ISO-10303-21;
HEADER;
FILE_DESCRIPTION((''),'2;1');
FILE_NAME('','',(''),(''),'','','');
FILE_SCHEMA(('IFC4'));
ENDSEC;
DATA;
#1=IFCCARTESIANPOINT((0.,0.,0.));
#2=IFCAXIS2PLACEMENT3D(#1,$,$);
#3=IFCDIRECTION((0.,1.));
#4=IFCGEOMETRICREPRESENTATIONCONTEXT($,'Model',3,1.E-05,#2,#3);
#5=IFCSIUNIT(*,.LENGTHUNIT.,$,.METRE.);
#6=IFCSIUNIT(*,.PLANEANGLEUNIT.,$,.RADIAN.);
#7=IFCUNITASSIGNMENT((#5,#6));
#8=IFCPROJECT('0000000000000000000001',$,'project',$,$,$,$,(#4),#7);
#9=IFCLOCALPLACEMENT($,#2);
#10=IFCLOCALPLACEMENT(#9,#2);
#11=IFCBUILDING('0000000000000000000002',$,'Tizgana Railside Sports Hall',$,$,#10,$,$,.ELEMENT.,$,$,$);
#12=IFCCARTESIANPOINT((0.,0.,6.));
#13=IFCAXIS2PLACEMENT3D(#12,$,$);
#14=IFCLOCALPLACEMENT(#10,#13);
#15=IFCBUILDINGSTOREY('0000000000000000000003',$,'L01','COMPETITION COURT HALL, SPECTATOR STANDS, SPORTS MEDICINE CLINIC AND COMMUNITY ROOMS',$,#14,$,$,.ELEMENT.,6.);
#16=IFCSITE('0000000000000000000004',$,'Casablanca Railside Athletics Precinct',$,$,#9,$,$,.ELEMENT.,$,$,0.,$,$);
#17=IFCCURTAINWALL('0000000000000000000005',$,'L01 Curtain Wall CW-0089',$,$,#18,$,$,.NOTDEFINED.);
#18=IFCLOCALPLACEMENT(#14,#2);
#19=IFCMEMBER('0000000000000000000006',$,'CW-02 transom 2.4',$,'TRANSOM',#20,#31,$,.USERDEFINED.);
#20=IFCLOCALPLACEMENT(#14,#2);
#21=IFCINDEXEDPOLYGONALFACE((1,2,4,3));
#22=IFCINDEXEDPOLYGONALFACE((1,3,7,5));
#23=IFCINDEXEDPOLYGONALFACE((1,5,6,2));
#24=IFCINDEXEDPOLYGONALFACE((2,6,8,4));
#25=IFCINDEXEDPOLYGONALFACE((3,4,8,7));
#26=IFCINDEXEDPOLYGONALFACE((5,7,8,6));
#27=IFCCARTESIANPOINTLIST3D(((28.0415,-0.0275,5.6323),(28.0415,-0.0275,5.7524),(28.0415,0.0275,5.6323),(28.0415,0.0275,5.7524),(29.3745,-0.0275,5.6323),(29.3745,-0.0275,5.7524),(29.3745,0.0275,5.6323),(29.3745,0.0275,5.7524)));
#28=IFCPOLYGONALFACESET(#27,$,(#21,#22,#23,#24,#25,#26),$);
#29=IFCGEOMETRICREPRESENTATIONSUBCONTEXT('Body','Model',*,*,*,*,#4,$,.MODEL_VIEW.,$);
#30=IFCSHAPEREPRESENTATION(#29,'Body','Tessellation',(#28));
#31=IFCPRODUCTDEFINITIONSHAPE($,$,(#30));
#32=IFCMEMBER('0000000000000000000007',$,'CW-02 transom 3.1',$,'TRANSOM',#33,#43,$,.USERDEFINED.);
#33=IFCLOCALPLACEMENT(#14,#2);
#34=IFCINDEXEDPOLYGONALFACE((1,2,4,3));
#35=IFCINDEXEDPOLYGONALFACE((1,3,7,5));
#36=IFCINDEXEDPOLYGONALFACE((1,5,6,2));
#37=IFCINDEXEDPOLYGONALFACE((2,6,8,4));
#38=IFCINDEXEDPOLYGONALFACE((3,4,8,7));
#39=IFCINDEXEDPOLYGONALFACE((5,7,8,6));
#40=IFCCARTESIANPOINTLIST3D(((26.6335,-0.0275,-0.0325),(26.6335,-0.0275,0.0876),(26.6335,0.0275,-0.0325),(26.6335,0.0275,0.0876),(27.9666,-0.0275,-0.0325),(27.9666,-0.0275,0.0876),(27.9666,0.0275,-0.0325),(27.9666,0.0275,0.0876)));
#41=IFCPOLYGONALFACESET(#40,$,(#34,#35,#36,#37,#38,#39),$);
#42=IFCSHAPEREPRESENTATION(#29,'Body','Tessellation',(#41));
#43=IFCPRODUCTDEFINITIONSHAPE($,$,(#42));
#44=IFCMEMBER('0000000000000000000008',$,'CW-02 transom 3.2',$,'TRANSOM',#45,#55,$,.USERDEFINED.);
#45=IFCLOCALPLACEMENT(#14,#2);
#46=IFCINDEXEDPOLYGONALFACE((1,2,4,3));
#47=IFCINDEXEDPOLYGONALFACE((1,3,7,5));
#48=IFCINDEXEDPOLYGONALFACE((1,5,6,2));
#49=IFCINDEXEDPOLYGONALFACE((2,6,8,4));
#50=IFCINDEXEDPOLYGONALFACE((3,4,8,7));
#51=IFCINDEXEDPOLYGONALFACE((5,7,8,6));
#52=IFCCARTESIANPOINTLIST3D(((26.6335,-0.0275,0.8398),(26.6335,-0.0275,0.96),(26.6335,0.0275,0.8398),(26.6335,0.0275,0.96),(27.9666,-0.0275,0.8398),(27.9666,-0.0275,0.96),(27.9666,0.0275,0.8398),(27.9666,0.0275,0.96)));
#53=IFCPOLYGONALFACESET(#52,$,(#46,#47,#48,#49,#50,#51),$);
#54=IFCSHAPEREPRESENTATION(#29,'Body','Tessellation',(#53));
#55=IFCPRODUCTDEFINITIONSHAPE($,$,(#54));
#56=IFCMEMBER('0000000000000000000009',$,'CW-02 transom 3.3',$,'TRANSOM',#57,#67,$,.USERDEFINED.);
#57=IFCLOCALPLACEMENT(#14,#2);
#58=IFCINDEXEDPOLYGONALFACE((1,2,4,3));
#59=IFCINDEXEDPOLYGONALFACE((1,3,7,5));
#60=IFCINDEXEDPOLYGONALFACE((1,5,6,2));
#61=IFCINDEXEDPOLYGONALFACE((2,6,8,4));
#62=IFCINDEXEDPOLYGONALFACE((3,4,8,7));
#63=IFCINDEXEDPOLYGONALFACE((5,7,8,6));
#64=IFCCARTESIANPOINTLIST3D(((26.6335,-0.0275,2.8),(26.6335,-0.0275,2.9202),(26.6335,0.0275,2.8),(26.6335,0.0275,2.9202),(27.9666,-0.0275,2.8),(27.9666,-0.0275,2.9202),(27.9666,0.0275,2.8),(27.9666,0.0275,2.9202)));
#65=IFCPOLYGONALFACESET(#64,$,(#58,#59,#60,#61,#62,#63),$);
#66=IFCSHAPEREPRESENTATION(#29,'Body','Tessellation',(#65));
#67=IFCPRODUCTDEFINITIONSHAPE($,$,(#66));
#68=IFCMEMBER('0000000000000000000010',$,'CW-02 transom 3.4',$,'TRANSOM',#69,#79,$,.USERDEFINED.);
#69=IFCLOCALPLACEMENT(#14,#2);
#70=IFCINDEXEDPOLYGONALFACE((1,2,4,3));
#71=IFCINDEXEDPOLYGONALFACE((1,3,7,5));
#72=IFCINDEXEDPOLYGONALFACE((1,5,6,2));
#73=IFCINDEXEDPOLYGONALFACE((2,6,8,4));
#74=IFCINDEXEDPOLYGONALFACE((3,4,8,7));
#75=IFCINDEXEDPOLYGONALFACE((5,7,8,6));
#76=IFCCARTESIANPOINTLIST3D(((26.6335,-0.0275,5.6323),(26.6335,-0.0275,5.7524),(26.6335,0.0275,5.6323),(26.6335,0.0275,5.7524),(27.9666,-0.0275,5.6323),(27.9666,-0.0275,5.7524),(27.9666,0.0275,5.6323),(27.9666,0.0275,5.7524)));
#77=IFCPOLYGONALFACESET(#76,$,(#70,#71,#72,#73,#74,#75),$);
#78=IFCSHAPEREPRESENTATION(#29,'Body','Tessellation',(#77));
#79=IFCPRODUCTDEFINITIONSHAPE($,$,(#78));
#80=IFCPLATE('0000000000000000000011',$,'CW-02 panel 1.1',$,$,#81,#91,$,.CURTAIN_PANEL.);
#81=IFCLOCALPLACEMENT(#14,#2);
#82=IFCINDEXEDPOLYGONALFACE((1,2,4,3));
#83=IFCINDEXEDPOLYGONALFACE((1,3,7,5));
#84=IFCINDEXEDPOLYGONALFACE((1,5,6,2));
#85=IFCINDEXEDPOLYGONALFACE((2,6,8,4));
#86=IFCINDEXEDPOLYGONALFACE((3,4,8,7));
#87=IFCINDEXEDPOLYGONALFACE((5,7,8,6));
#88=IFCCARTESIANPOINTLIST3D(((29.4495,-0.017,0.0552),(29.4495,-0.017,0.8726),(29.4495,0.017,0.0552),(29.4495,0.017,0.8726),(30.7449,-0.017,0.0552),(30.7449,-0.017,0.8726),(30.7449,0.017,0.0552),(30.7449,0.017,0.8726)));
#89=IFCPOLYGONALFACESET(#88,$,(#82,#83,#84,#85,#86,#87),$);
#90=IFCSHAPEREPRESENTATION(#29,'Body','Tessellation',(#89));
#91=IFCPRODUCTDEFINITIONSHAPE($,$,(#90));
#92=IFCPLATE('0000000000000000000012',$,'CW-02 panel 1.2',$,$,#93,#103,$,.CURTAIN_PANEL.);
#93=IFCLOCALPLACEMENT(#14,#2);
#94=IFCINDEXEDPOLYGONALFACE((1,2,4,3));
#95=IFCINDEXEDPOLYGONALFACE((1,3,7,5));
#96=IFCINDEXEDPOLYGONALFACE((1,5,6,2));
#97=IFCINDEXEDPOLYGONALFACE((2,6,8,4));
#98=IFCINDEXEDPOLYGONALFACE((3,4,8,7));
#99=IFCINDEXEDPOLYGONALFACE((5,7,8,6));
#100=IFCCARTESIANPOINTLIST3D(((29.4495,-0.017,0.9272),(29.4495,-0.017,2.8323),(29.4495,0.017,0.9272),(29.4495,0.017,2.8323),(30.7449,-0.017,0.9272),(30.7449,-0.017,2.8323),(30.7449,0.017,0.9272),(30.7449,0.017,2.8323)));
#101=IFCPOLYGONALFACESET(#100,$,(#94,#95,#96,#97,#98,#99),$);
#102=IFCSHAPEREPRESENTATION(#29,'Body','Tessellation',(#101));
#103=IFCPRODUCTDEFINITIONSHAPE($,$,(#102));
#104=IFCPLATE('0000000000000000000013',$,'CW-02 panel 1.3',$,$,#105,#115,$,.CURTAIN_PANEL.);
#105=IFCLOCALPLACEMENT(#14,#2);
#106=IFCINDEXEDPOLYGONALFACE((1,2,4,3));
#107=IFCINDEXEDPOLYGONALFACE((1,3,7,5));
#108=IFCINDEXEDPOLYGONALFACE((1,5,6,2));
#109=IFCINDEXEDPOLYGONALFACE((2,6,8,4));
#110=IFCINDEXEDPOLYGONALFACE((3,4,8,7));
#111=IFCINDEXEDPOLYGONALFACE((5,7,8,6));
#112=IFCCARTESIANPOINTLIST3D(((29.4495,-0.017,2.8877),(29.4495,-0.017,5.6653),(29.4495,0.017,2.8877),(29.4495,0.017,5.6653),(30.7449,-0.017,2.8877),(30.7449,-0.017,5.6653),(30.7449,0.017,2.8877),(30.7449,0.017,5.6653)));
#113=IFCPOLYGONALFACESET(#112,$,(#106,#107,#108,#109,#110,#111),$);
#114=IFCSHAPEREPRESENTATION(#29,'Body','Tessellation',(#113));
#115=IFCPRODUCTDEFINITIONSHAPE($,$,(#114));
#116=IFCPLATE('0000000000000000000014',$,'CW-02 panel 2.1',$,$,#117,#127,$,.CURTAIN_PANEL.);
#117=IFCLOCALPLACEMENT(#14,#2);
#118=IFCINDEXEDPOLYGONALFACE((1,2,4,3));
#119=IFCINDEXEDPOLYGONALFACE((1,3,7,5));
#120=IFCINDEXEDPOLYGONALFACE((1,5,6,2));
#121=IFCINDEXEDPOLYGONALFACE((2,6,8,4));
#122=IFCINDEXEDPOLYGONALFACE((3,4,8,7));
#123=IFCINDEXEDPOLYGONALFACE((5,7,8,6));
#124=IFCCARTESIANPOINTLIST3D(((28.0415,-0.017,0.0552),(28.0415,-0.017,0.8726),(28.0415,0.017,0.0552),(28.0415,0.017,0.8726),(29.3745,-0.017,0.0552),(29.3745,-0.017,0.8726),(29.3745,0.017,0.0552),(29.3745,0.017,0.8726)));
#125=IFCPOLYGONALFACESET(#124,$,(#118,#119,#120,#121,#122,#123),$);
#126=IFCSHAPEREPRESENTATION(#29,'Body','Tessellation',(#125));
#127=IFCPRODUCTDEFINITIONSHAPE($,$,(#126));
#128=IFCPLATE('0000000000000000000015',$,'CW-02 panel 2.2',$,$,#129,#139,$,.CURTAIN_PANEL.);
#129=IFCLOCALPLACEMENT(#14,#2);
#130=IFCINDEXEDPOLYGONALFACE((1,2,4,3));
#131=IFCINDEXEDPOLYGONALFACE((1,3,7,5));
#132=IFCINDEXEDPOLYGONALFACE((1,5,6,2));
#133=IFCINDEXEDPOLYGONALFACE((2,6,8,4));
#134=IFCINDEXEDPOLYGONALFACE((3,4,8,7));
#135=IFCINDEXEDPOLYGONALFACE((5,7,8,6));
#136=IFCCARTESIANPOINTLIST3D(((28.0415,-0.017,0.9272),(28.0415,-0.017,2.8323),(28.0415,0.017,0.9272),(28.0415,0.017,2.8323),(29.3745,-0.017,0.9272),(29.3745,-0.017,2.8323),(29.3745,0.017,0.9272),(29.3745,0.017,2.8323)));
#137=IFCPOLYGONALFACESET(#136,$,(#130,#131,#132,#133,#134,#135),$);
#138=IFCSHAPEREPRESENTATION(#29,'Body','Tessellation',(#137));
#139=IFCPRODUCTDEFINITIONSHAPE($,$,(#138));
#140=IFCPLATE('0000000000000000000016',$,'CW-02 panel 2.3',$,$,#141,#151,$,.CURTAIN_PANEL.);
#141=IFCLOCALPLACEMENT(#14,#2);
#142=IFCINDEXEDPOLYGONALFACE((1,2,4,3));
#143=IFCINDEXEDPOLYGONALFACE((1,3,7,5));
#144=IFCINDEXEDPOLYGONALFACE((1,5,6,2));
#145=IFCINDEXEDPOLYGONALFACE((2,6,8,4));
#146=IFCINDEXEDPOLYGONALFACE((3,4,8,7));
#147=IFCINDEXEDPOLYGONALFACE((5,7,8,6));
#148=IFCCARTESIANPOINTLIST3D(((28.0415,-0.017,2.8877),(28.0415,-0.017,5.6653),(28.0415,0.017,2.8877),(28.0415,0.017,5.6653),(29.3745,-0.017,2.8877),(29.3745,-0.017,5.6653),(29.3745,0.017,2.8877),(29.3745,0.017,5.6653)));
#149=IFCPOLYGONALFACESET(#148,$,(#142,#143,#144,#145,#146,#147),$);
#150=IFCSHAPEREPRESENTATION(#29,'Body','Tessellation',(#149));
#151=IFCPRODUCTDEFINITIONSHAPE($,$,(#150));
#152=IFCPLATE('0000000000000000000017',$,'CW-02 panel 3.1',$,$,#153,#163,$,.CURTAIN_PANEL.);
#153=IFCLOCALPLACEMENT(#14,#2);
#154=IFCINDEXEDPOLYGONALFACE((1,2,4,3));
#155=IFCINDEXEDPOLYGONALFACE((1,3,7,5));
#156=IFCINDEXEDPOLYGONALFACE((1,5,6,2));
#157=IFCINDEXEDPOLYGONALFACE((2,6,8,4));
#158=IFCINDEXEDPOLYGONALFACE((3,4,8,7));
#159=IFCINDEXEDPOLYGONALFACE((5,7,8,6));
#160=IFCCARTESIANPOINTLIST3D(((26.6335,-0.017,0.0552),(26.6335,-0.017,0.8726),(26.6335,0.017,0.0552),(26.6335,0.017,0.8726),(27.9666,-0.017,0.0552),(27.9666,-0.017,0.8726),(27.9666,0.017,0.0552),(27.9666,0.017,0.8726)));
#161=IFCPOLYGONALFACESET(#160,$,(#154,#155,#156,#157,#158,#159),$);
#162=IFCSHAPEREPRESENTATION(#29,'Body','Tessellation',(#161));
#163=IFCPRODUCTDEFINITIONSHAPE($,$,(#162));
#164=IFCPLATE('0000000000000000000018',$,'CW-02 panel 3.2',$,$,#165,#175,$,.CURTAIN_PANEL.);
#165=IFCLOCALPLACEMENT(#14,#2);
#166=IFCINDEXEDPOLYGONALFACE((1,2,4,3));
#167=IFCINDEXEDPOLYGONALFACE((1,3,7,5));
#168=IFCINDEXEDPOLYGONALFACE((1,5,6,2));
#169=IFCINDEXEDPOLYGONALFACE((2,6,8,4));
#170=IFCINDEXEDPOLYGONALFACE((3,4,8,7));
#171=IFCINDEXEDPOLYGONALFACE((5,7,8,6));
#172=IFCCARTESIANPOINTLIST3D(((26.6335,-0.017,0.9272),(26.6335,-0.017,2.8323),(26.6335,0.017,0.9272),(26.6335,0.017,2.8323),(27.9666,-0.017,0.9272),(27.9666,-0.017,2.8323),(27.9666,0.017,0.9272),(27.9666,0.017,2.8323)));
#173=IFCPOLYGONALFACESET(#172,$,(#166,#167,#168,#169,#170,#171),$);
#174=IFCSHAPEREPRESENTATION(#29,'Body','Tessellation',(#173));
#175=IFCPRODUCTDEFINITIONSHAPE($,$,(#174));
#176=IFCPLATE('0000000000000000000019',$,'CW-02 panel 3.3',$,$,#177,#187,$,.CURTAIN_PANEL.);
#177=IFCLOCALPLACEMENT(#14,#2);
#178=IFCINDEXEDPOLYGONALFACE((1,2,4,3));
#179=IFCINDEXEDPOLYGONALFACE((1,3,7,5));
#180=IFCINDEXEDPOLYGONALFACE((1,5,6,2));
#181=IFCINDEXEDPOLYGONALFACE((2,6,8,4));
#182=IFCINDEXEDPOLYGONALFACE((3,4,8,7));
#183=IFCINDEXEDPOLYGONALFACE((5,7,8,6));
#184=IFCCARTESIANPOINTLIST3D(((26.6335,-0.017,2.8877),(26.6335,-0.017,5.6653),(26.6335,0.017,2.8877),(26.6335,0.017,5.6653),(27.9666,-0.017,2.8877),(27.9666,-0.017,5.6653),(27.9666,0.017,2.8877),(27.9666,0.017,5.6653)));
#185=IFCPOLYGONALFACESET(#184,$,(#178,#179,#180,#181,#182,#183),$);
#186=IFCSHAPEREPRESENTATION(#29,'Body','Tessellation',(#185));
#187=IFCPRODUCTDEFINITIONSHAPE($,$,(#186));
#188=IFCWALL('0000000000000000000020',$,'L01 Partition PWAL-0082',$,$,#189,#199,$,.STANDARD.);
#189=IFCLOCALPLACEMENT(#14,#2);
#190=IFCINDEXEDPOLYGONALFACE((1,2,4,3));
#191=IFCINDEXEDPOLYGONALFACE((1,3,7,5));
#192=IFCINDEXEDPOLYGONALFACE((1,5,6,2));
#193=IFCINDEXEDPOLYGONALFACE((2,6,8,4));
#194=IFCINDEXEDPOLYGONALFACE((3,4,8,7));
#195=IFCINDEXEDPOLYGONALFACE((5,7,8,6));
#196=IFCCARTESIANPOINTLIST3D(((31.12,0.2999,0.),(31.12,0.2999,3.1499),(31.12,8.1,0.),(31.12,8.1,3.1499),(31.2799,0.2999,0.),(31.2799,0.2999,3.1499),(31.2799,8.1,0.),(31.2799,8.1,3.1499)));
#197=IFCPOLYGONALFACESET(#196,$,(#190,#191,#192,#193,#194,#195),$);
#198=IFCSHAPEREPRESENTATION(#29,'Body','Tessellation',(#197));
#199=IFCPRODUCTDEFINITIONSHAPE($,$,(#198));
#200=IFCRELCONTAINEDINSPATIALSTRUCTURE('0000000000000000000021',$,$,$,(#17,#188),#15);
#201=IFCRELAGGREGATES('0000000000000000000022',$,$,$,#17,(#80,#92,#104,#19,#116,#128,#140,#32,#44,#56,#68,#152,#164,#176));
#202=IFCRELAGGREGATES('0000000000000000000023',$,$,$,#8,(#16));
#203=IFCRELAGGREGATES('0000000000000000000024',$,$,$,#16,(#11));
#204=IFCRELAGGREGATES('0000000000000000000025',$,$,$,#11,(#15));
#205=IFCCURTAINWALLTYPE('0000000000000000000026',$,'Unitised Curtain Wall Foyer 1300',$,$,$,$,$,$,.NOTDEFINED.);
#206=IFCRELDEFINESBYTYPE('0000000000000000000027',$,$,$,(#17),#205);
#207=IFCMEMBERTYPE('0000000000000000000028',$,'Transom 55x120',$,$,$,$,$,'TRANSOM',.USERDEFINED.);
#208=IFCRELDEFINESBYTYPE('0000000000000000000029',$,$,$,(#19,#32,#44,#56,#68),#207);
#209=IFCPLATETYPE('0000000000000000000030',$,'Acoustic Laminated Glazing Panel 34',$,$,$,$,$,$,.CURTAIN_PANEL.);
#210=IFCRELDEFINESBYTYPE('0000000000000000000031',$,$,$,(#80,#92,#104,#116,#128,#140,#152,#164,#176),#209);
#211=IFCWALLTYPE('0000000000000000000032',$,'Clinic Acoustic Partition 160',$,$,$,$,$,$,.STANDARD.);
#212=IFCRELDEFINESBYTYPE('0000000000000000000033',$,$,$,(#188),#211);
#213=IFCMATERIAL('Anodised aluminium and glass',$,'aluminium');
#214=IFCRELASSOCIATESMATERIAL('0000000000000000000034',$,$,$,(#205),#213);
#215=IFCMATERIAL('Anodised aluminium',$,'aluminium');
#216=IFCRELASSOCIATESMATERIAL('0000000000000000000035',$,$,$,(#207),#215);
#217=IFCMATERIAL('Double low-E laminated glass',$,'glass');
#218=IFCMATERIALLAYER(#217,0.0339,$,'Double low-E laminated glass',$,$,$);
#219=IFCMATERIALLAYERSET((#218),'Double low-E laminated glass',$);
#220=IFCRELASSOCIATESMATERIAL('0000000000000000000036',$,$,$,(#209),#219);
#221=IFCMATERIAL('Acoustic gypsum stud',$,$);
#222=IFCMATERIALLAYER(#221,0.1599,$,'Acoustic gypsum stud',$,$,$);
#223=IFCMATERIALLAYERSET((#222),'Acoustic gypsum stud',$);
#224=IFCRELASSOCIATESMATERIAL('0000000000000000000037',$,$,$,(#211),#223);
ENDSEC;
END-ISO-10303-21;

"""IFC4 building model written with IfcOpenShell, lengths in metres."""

from ifc_helpers import new_model, si_unit, direction, frame, frame_2d, origin, origin_2d, place, context, subcontext, project, spatial, rectangle, extrude, material, layer, layer_set, material_profile, profile_set, type_object, element, aggregate, save


model = new_model("IFC4")

# Units and contexts
model_context = context("Model", 3, precision=1e-05, world=origin(), true_north=direction((0.0, 1.0)))
body_context = subcontext(model_context, "Body", "Model", "MODEL_VIEW")
ifc_project = project(units=[si_unit("LENGTHUNIT", "METRE"), si_unit("PLANEANGLEUNIT", "RADIAN")], contexts=[model_context])

# Site, building, storey
site_placement = place(None, origin())
site = spatial("IfcSite", under=ifc_project, at=site_placement, Name="Casablanca Railside Athletics Precinct", CompositionType="ELEMENT", RefElevation=0.0)
building_placement = place(site_placement, origin())
building = spatial("IfcBuilding", under=site, at=building_placement, Name="Tizgana Railside Sports Hall", CompositionType="ELEMENT")
storey_placement = place(building_placement, frame((0.0, 0.0, 6.0)))
storey = spatial("IfcBuildingStorey", under=building, at=storey_placement, Name="L01", Description="COMPETITION COURT HALL, SPECTATOR STANDS, SPORTS MEDICINE CLINIC AND COMMUNITY ROOMS", CompositionType="ELEMENT", Elevation=6.0)

# Curtain wall
ifc_material_1 = material(Name="Anodised aluminium and glass", Category="aluminium")
curtain_wall_type = type_object("IfcCurtainWallType", Name="Unitised Curtain Wall Foyer 1300", PredefinedType="NOTDEFINED", material=ifc_material_1)
curtain_wall_placement = place(storey_placement, origin())
curtain_wall = element("IfcCurtainWall", 1, at=curtain_wall_placement, inside=storey, type_object=curtain_wall_type, Name="L01 Curtain Wall CW-0089", PredefinedType="NOTDEFINED")
ifc_material_2 = material(Name="Anodised aluminium", Category="aluminium")

# Members
ifc_material_profile_1 = material_profile(ifc_material_2, rectangle(XDim=0.0549, YDim=0.1201, at=origin_2d()), Name="Transom 55x120")
ifc_profile_set_1 = profile_set([ifc_material_profile_1], Name="Anodised aluminium")
member_type_1 = type_object("IfcMemberType", Name="Transom 55x120", ElementType="TRANSOM", PredefinedType="USERDEFINED", material=ifc_profile_set_1)
member_1_placement = place(storey_placement, frame((29.3745, 0.0, 5.6924), z_axis=(-1.0, 0.0, 0.0), x_axis=(0.0, -1.0, 0.0)))
member_1 = element("IfcMember", 2, at=member_1_placement, type_object=member_type_1, Name="CW-02 transom 2.4", ObjectType="TRANSOM", PredefinedType="USERDEFINED", context=body_context, shape_type="SweptSolid", body=[
    extrude(rectangle(XDim=0.0549, YDim=0.1201, at=origin_2d()), origin(), (0.0, 0.0, 1.0), 1.333),
])
member_2_placement = place(storey_placement, frame((27.9666, 0.0, 0.0276), z_axis=(-1.0, 0.0, 0.0), x_axis=(0.0, -1.0, 0.0)))
member_2 = element("IfcMember", 3, at=member_2_placement, type_object=member_type_1, Name="CW-02 transom 3.1", ObjectType="TRANSOM", PredefinedType="USERDEFINED", context=body_context, shape_type="SweptSolid", body=[
    extrude(rectangle(XDim=0.0549, YDim=0.1201, at=origin_2d()), origin(), (0.0, 0.0, 1.0), 1.333),
])
member_3_placement = place(storey_placement, frame((27.9666, 0.0, 0.8999), z_axis=(-1.0, 0.0, 0.0), x_axis=(0.0, -1.0, 0.0)))
member_3 = element("IfcMember", 4, at=member_3_placement, type_object=member_type_1, Name="CW-02 transom 3.2", ObjectType="TRANSOM", PredefinedType="USERDEFINED", context=body_context, shape_type="SweptSolid", body=[
    extrude(rectangle(XDim=0.0549, YDim=0.1201, at=origin_2d()), origin(), (0.0, 0.0, 1.0), 1.333),
])
member_4_placement = place(storey_placement, frame((27.9666, 0.0, 2.8601), z_axis=(-1.0, 0.0, 0.0), x_axis=(0.0, -1.0, 0.0)))
member_4 = element("IfcMember", 5, at=member_4_placement, type_object=member_type_1, Name="CW-02 transom 3.3", ObjectType="TRANSOM", PredefinedType="USERDEFINED", context=body_context, shape_type="SweptSolid", body=[
    extrude(rectangle(XDim=0.0549, YDim=0.1201, at=origin_2d()), origin(), (0.0, 0.0, 1.0), 1.333),
])
member_5_placement = place(storey_placement, frame((27.9666, 0.0, 5.6924), z_axis=(-1.0, 0.0, 0.0), x_axis=(0.0, -1.0, 0.0)))
member_5 = element("IfcMember", 6, at=member_5_placement, type_object=member_type_1, Name="CW-02 transom 3.4", ObjectType="TRANSOM", PredefinedType="USERDEFINED", context=body_context, shape_type="SweptSolid", body=[
    extrude(rectangle(XDim=0.0549, YDim=0.1201, at=origin_2d()), origin(), (0.0, 0.0, 1.0), 1.333),
])

# Plates
ifc_material_3 = material(Name="Double low-E laminated glass", Category="glass")
ifc_layer_1 = layer(ifc_material_3, 0.0339, Name="Double low-E laminated glass")
ifc_layer_set_1 = layer_set([ifc_layer_1], Name="Double low-E laminated glass")
plate_type = type_object("IfcPlateType", Name="Acoustic Laminated Glazing Panel 34", PredefinedType="CURTAIN_PANEL", material=ifc_layer_set_1)
plate_1_placement = place(storey_placement, frame((30.0972, 0.0, 0.0552), z_axis=(0.0, 0.0, 1.0), x_axis=(-1.0, 0.0, 0.0)))
plate_1 = element("IfcPlate", 7, at=plate_1_placement, type_object=plate_type, Name="CW-02 panel 1.1", PredefinedType="CURTAIN_PANEL", context=body_context, shape_type="SweptSolid", body=[
    extrude(rectangle(XDim=1.2954, YDim=0.0339, at=origin_2d()), origin(), (0.0, 0.0, 1.0), 0.8174),
])
plate_2_placement = place(storey_placement, frame((30.0972, 0.0, 0.9272), z_axis=(0.0, 0.0, 1.0), x_axis=(-1.0, 0.0, 0.0)))
plate_2 = element("IfcPlate", 8, at=plate_2_placement, type_object=plate_type, Name="CW-02 panel 1.2", PredefinedType="CURTAIN_PANEL", context=body_context, shape_type="SweptSolid", body=[
    extrude(rectangle(XDim=1.2954, YDim=0.0339, at=origin_2d()), origin(), (0.0, 0.0, 1.0), 1.905),
])
plate_3_placement = place(storey_placement, frame((30.0972, 0.0, 2.8877), z_axis=(0.0, 0.0, 1.0), x_axis=(-1.0, 0.0, 0.0)))
plate_3 = element("IfcPlate", 9, at=plate_3_placement, type_object=plate_type, Name="CW-02 panel 1.3", PredefinedType="CURTAIN_PANEL", context=body_context, shape_type="SweptSolid", body=[
    extrude(rectangle(XDim=1.2954, YDim=0.0339, at=origin_2d()), origin(), (0.0, 0.0, 1.0), 2.7776),
])
plate_4_placement = place(storey_placement, frame((28.708, 0.0, 0.0552), z_axis=(0.0, 0.0, 1.0), x_axis=(-1.0, 0.0, 0.0)))
plate_4 = element("IfcPlate", 10, at=plate_4_placement, type_object=plate_type, Name="CW-02 panel 2.1", PredefinedType="CURTAIN_PANEL", context=body_context, shape_type="SweptSolid", body=[
    extrude(rectangle(XDim=1.333, YDim=0.0339, at=origin_2d()), origin(), (0.0, 0.0, 1.0), 0.8174),
])
plate_5_placement = place(storey_placement, frame((28.708, 0.0, 0.9272), z_axis=(0.0, 0.0, 1.0), x_axis=(-1.0, 0.0, 0.0)))
plate_5 = element("IfcPlate", 11, at=plate_5_placement, type_object=plate_type, Name="CW-02 panel 2.2", PredefinedType="CURTAIN_PANEL", context=body_context, shape_type="SweptSolid", body=[
    extrude(rectangle(XDim=1.333, YDim=0.0339, at=origin_2d()), origin(), (0.0, 0.0, 1.0), 1.905),
])
plate_6_placement = place(storey_placement, frame((28.708, 0.0, 2.8877), z_axis=(0.0, 0.0, 1.0), x_axis=(-1.0, 0.0, 0.0)))
plate_6 = element("IfcPlate", 12, at=plate_6_placement, type_object=plate_type, Name="CW-02 panel 2.3", PredefinedType="CURTAIN_PANEL", context=body_context, shape_type="SweptSolid", body=[
    extrude(rectangle(XDim=1.333, YDim=0.0339, at=origin_2d()), origin(), (0.0, 0.0, 1.0), 2.7776),
])
plate_7_placement = place(storey_placement, frame((27.3, 0.0, 0.0552), z_axis=(0.0, 0.0, 1.0), x_axis=(-1.0, 0.0, 0.0)))
plate_7 = element("IfcPlate", 13, at=plate_7_placement, type_object=plate_type, Name="CW-02 panel 3.1", PredefinedType="CURTAIN_PANEL", context=body_context, shape_type="SweptSolid", body=[
    extrude(rectangle(XDim=1.333, YDim=0.0339, at=origin_2d()), origin(), (0.0, 0.0, 1.0), 0.8174),
])
plate_8_placement = place(storey_placement, frame((27.3, 0.0, 0.9272), z_axis=(0.0, 0.0, 1.0), x_axis=(-1.0, 0.0, 0.0)))
plate_8 = element("IfcPlate", 14, at=plate_8_placement, type_object=plate_type, Name="CW-02 panel 3.2", PredefinedType="CURTAIN_PANEL", context=body_context, shape_type="SweptSolid", body=[
    extrude(rectangle(XDim=1.333, YDim=0.0339, at=origin_2d()), origin(), (0.0, 0.0, 1.0), 1.905),
])
plate_9_placement = place(storey_placement, frame((27.3, 0.0, 2.8877), z_axis=(0.0, 0.0, 1.0), x_axis=(-1.0, 0.0, 0.0)))
plate_9 = element("IfcPlate", 15, at=plate_9_placement, type_object=plate_type, Name="CW-02 panel 3.3", PredefinedType="CURTAIN_PANEL", context=body_context, shape_type="SweptSolid", body=[
    extrude(rectangle(XDim=1.333, YDim=0.0339, at=origin_2d()), origin(), (0.0, 0.0, 1.0), 2.7776),
])
aggregate(curtain_wall, [plate_1, plate_2, plate_3, member_1, plate_4, plate_5, plate_6, member_2, member_3, member_4, member_5, plate_7, plate_8, plate_9])

# Wall
ifc_material_4 = material(Name="Acoustic gypsum stud")
ifc_layer_2 = layer(ifc_material_4, 0.1599, Name="Acoustic gypsum stud")
ifc_layer_set_2 = layer_set([ifc_layer_2], Name="Acoustic gypsum stud")
wall_type = type_object("IfcWallType", Name="Clinic Acoustic Partition 160", PredefinedType="STANDARD", material=ifc_layer_set_2)
wall_placement = place(storey_placement, frame((31.2, 0.3, 0.0), z_axis=(0.0, 0.0, 1.0), x_axis=(0.0, 1.0, 0.0)))
element("IfcWall", 16, at=wall_placement, inside=storey, type_object=wall_type, Name="L01 Partition PWAL-0082", PredefinedType="STANDARD", context=body_context, shape_type="SweptSolid", body=[
    extrude(rectangle(XDim=7.8, YDim=0.1599, at=frame_2d((3.8999, 0.0))), origin(), (0.0, 0.0, 1.0), 3.1499),
])

save(model, "model.ifc")
